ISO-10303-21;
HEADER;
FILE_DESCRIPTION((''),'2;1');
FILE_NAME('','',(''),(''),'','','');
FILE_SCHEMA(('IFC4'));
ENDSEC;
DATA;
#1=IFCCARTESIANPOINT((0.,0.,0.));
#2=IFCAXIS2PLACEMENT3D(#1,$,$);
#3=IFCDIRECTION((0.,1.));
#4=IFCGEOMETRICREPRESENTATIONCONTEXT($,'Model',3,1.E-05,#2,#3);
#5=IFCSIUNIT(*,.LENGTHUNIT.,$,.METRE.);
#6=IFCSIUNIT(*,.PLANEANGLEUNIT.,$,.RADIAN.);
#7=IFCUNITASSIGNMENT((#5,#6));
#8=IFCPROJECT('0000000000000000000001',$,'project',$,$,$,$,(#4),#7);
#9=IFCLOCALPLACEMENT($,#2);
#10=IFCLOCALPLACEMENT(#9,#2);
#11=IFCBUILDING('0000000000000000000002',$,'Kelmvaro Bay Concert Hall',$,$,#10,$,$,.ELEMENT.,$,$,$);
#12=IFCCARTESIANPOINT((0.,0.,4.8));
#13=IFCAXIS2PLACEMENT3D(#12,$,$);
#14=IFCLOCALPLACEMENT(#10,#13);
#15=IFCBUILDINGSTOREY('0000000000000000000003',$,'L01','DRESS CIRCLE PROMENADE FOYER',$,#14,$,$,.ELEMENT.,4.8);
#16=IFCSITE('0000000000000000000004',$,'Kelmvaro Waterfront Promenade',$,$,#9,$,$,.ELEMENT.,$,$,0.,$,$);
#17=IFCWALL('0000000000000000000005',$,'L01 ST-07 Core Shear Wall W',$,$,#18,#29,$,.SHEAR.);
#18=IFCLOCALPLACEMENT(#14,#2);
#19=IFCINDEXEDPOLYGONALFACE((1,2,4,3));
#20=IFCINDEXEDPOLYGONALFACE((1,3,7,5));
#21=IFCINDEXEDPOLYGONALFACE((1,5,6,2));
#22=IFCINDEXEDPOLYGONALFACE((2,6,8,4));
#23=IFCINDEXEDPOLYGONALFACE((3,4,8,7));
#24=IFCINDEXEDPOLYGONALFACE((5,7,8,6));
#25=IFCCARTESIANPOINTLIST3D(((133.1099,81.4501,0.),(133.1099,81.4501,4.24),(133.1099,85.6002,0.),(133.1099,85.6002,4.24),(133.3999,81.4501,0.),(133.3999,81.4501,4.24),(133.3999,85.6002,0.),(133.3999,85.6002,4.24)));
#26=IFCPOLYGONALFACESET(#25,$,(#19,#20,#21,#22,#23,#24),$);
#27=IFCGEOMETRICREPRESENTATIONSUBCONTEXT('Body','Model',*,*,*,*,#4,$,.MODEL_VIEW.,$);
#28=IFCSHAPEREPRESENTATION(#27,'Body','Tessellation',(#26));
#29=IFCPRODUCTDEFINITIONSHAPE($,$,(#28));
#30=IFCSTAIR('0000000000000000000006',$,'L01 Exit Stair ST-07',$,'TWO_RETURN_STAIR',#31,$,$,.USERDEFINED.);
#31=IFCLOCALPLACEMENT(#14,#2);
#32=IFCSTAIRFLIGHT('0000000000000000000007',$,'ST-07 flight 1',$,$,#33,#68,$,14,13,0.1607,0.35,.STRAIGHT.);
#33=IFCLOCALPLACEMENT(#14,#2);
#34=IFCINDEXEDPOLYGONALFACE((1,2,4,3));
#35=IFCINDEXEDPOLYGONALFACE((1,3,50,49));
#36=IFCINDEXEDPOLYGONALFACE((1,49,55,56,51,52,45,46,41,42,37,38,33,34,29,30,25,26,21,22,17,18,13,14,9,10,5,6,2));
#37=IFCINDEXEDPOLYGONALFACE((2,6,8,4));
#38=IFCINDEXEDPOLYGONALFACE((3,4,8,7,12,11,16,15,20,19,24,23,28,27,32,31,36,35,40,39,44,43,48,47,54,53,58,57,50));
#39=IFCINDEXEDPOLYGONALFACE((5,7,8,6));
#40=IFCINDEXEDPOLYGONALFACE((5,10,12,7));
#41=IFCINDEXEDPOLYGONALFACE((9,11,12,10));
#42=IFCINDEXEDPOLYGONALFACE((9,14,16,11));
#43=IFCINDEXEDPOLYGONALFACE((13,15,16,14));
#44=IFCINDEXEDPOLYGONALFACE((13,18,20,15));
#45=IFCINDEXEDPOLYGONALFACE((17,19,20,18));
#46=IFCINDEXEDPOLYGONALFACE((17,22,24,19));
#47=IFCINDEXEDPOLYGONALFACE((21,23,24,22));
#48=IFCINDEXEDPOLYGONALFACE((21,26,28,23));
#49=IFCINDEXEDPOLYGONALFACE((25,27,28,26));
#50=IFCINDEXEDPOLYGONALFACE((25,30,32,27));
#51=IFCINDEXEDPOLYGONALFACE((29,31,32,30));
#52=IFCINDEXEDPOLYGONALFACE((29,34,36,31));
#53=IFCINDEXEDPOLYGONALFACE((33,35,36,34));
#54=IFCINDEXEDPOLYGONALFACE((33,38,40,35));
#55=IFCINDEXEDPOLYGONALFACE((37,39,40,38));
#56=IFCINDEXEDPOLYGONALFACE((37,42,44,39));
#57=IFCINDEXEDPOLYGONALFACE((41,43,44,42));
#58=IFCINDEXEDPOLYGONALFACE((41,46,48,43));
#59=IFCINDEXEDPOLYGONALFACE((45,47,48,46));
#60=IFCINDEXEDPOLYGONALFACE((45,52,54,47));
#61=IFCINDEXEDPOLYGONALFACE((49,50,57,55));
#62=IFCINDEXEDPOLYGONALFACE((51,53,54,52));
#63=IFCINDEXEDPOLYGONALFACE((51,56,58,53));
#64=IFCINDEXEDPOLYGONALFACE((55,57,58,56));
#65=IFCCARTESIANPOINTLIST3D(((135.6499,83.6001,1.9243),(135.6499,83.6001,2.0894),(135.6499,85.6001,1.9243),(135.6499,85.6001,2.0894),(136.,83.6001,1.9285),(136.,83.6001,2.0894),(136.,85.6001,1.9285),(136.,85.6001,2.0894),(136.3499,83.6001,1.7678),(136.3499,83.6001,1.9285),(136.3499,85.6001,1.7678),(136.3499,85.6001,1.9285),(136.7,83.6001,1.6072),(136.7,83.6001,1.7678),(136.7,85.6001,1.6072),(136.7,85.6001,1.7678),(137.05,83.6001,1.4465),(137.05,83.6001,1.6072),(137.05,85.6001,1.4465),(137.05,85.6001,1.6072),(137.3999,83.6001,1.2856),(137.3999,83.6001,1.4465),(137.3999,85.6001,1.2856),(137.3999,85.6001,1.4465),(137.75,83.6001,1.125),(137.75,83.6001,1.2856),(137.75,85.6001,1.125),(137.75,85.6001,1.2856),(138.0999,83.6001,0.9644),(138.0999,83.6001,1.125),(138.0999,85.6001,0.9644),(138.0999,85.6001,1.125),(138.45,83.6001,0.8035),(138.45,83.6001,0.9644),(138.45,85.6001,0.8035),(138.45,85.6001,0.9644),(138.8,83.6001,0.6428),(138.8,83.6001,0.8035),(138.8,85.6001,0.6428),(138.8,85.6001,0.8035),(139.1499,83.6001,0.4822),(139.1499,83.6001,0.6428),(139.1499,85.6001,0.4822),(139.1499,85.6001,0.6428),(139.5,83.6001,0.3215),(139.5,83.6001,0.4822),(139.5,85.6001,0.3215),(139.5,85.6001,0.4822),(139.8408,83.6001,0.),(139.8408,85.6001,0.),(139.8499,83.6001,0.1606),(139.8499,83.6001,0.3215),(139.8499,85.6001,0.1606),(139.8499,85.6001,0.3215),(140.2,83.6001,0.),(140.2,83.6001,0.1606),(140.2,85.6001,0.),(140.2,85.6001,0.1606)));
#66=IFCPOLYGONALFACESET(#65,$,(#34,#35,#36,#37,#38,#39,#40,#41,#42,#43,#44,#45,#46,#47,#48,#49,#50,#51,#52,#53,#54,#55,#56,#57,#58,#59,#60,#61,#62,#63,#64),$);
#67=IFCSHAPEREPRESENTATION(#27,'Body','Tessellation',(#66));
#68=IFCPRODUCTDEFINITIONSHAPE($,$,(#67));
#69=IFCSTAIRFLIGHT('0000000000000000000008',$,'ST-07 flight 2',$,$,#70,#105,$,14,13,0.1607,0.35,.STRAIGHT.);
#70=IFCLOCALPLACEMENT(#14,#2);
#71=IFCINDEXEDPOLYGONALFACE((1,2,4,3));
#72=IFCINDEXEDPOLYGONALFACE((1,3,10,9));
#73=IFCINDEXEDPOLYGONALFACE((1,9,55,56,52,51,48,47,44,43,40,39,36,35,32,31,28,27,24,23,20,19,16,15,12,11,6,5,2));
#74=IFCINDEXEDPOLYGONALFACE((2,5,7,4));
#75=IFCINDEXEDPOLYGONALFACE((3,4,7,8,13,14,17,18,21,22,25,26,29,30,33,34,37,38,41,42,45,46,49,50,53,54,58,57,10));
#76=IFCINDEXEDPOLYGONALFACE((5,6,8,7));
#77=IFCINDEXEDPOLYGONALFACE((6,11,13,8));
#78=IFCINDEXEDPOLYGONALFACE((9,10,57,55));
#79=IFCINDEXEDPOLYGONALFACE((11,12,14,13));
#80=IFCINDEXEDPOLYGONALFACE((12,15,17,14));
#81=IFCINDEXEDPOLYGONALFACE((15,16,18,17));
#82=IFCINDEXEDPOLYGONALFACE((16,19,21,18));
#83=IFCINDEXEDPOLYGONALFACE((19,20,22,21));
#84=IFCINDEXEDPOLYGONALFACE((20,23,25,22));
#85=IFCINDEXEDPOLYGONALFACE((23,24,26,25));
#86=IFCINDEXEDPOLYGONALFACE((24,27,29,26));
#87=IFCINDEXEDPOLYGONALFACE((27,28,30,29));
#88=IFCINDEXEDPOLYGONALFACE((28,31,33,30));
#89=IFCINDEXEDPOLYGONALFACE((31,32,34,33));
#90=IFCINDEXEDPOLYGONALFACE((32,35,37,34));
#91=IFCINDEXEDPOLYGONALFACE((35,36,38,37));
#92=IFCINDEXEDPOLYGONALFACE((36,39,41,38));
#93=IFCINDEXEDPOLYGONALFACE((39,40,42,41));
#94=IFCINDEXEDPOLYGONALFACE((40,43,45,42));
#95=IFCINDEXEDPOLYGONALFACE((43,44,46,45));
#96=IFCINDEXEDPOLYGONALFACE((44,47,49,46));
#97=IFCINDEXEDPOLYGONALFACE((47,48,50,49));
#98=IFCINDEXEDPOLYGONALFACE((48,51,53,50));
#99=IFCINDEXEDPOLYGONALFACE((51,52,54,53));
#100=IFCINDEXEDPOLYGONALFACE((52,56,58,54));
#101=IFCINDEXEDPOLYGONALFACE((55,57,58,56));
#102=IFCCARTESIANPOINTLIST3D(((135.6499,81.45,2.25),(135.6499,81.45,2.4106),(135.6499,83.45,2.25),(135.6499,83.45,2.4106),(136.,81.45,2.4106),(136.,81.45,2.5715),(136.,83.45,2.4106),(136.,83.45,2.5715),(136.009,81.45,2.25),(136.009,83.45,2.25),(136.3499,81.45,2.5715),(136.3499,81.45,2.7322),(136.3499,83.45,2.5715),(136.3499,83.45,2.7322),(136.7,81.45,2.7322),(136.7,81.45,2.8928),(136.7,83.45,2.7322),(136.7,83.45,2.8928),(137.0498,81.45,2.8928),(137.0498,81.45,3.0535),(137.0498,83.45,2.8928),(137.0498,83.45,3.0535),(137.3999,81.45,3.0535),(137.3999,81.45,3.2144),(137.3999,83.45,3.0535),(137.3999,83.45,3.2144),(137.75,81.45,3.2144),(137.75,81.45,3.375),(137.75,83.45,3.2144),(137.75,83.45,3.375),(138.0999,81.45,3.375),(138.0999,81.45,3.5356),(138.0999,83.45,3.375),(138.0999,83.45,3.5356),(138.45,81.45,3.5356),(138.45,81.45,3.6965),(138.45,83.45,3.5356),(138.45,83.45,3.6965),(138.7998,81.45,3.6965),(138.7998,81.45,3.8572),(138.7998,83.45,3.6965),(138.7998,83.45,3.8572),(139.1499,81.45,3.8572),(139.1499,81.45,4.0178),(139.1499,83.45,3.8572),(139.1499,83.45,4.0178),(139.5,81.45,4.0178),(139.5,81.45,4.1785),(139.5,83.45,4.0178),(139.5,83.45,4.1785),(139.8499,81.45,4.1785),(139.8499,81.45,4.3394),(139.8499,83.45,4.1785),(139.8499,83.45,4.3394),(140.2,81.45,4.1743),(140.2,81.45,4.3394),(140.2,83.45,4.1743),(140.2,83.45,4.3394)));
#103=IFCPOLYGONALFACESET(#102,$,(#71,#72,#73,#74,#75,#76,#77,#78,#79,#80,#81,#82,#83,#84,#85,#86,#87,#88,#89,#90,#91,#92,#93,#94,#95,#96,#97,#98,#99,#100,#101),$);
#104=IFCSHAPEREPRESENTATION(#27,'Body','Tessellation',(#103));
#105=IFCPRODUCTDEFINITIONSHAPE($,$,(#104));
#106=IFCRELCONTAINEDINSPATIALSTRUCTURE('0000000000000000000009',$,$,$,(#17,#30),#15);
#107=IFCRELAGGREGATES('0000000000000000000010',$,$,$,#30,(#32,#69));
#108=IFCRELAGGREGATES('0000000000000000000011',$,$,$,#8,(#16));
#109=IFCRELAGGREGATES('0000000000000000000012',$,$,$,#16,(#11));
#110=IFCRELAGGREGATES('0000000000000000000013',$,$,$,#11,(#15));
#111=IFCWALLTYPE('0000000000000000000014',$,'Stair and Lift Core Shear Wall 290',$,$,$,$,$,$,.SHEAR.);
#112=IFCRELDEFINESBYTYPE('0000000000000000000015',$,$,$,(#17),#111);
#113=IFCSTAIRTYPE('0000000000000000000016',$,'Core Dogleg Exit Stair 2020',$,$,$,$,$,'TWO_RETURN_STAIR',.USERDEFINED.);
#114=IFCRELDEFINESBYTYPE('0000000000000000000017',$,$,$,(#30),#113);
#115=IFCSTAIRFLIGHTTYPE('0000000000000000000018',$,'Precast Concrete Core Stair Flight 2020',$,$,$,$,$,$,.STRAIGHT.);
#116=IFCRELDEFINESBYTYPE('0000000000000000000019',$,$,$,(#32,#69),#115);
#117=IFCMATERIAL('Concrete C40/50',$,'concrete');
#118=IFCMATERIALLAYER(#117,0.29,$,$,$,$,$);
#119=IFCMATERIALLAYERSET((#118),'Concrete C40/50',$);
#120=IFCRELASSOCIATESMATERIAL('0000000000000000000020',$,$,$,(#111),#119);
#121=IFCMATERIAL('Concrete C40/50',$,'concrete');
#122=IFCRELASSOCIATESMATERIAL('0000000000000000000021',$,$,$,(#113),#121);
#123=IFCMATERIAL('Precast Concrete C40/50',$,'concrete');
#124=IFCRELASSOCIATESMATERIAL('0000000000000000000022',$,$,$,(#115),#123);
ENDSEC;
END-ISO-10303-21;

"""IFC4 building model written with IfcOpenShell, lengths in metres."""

from ifc_helpers import new_model, si_unit, direction, frame, frame_2d, origin, place, context, subcontext, project, spatial, polyline, rectangle, outline, extrude, material, layer, layer_set, type_object, element, aggregate, save


model = new_model("IFC4")

# Units and contexts
model_context = context("Model", 3, precision=1e-05, world=origin(), true_north=direction((0.0, 1.0)))
body_context = subcontext(model_context, "Body", "Model", "MODEL_VIEW")
ifc_project = project(units=[si_unit("LENGTHUNIT", "METRE"), si_unit("PLANEANGLEUNIT", "RADIAN")], contexts=[model_context])

# Site, building, storey
site_placement = place(None, origin())
site = spatial("IfcSite", under=ifc_project, at=site_placement, Name="Kelmvaro Waterfront Promenade", CompositionType="ELEMENT", RefElevation=0.0)
building_placement = place(site_placement, origin())
building = spatial("IfcBuilding", under=site, at=building_placement, Name="Kelmvaro Bay Concert Hall", CompositionType="ELEMENT")
storey_placement = place(building_placement, frame((0.0, 0.0, 4.8)))
storey = spatial("IfcBuildingStorey", under=building, at=storey_placement, Name="L01", Description="DRESS CIRCLE PROMENADE FOYER", CompositionType="ELEMENT", Elevation=4.8)

# Wall
ifc_material_1 = material(Name="Concrete C40/50", Category="concrete")
ifc_layer_1 = layer(ifc_material_1, 0.29)
ifc_layer_set_1 = layer_set([ifc_layer_1], Name="Concrete C40/50")
wall_type_1 = type_object("IfcWallType", Name="Stair and Lift Core Shear Wall 290", PredefinedType="SHEAR", material=ifc_layer_set_1)
wall_1_placement = place(storey_placement, frame((133.2549, 81.45, 0.0), z_axis=(0.0, 0.0, 1.0), x_axis=(0.0, 1.0, 0.0)))
element("IfcWall", 1, at=wall_1_placement, inside=storey, type_object=wall_type_1, Name="L01 ST-07 Core Shear Wall W", PredefinedType="SHEAR", context=body_context, shape_type="SweptSolid", body=[
    extrude(rectangle(XDim=4.1501, YDim=0.29, at=frame_2d((2.0752, 0.0))), origin(), (0.0, 0.0, 1.0), 4.24),
])

# Stair, stair flights
ifc_material_2 = material(Name="Concrete C40/50", Category="concrete")
stair_type = type_object("IfcStairType", Name="Core Dogleg Exit Stair 2020", ElementType="TWO_RETURN_STAIR", PredefinedType="USERDEFINED", material=ifc_material_2)
stair_placement = place(storey_placement, origin())
stair = element("IfcStair", 2, at=stair_placement, inside=storey, type_object=stair_type, Name="L01 Exit Stair ST-07", ObjectType="TWO_RETURN_STAIR", PredefinedType="USERDEFINED")
ifc_material_3 = material(Name="Precast Concrete C40/50", Category="concrete")
stair_flight_type = type_object("IfcStairFlightType", Name="Precast Concrete Core Stair Flight 2020", PredefinedType="STRAIGHT", material=ifc_material_3)
stair_flight_1_placement = place(storey_placement, frame((140.2, 84.6001, 0.0), z_axis=(0.0, 0.0, 1.0), x_axis=(-1.0, 0.0, 0.0)))
stair_flight_1 = element("IfcStairFlight", 3, at=stair_flight_1_placement, type_object=stair_flight_type, Name="ST-07 flight 1", NumberOfRisers=14, NumberOfTreads=13, PredefinedType="STRAIGHT", RiserHeight=0.1607, TreadLength=0.35, context=body_context, shape_type="SweptSolid", body=[
    extrude(outline(polyline([(0.0, 0.0), (0.0, 0.1606), (0.3501, 0.1606), (0.3501, 0.3215), (0.7, 0.3215), (0.7, 0.4822), (1.05, 0.4822), (1.05, 0.6428), (1.3999, 0.6428), (1.3999, 0.8035), (1.75, 0.8035), (1.75, 0.9644), (2.1001, 0.9644), (2.1001, 1.125), (2.45, 1.125), (2.45, 1.2856), (2.8, 1.2856), (2.8, 1.4465), (3.1499, 1.4465), (3.1499, 1.6072), (3.5, 1.6072), (3.5, 1.7678), (3.8501, 1.7678), (3.8501, 1.9285), (4.2, 1.9285), (4.2, 2.0894), (4.55, 2.0894), (4.55, 2.25), (4.55, 1.9243), (0.3591, 0.0), (0.0, 0.0)])), frame((0.0, 1.0, 0.0), z_axis=(0.0, -1.0, 0.0), x_axis=(1.0, 0.0, 0.0)), (0.0, 0.0, 1.0), 2.0),
])
stair_flight_2_placement = place(storey_placement, frame((135.6499, 82.45, 2.25), z_axis=(0.0, 0.0, 1.0), x_axis=(1.0, 0.0, 0.0)))
stair_flight_2 = element("IfcStairFlight", 4, at=stair_flight_2_placement, type_object=stair_flight_type, Name="ST-07 flight 2", NumberOfRisers=14, NumberOfTreads=13, PredefinedType="STRAIGHT", RiserHeight=0.1607, TreadLength=0.35, context=body_context, shape_type="SweptSolid", body=[
    extrude(outline(polyline([(0.0, 0.0), (0.0, 0.1606), (0.3501, 0.1606), (0.3501, 0.3215), (0.7, 0.3215), (0.7, 0.4822), (1.05, 0.4822), (1.05, 0.6428), (1.3999, 0.6428), (1.3999, 0.8035), (1.75, 0.8035), (1.75, 0.9644), (2.1001, 0.9644), (2.1001, 1.125), (2.45, 1.125), (2.45, 1.2856), (2.8, 1.2856), (2.8, 1.4465), (3.1499, 1.4465), (3.1499, 1.6072), (3.5, 1.6072), (3.5, 1.7678), (3.8501, 1.7678), (3.8501, 1.9285), (4.2, 1.9285), (4.2, 2.0894), (4.55, 2.0894), (4.55, 2.25), (4.55, 1.9243), (0.3591, 0.0), (0.0, 0.0)])), frame((0.0, 1.0, 0.0), z_axis=(0.0, -1.0, 0.0), x_axis=(1.0, 0.0, 0.0)), (0.0, 0.0, 1.0), 2.0),
])
aggregate(stair, [stair_flight_1, stair_flight_2])

save(model, "model.ifc")
